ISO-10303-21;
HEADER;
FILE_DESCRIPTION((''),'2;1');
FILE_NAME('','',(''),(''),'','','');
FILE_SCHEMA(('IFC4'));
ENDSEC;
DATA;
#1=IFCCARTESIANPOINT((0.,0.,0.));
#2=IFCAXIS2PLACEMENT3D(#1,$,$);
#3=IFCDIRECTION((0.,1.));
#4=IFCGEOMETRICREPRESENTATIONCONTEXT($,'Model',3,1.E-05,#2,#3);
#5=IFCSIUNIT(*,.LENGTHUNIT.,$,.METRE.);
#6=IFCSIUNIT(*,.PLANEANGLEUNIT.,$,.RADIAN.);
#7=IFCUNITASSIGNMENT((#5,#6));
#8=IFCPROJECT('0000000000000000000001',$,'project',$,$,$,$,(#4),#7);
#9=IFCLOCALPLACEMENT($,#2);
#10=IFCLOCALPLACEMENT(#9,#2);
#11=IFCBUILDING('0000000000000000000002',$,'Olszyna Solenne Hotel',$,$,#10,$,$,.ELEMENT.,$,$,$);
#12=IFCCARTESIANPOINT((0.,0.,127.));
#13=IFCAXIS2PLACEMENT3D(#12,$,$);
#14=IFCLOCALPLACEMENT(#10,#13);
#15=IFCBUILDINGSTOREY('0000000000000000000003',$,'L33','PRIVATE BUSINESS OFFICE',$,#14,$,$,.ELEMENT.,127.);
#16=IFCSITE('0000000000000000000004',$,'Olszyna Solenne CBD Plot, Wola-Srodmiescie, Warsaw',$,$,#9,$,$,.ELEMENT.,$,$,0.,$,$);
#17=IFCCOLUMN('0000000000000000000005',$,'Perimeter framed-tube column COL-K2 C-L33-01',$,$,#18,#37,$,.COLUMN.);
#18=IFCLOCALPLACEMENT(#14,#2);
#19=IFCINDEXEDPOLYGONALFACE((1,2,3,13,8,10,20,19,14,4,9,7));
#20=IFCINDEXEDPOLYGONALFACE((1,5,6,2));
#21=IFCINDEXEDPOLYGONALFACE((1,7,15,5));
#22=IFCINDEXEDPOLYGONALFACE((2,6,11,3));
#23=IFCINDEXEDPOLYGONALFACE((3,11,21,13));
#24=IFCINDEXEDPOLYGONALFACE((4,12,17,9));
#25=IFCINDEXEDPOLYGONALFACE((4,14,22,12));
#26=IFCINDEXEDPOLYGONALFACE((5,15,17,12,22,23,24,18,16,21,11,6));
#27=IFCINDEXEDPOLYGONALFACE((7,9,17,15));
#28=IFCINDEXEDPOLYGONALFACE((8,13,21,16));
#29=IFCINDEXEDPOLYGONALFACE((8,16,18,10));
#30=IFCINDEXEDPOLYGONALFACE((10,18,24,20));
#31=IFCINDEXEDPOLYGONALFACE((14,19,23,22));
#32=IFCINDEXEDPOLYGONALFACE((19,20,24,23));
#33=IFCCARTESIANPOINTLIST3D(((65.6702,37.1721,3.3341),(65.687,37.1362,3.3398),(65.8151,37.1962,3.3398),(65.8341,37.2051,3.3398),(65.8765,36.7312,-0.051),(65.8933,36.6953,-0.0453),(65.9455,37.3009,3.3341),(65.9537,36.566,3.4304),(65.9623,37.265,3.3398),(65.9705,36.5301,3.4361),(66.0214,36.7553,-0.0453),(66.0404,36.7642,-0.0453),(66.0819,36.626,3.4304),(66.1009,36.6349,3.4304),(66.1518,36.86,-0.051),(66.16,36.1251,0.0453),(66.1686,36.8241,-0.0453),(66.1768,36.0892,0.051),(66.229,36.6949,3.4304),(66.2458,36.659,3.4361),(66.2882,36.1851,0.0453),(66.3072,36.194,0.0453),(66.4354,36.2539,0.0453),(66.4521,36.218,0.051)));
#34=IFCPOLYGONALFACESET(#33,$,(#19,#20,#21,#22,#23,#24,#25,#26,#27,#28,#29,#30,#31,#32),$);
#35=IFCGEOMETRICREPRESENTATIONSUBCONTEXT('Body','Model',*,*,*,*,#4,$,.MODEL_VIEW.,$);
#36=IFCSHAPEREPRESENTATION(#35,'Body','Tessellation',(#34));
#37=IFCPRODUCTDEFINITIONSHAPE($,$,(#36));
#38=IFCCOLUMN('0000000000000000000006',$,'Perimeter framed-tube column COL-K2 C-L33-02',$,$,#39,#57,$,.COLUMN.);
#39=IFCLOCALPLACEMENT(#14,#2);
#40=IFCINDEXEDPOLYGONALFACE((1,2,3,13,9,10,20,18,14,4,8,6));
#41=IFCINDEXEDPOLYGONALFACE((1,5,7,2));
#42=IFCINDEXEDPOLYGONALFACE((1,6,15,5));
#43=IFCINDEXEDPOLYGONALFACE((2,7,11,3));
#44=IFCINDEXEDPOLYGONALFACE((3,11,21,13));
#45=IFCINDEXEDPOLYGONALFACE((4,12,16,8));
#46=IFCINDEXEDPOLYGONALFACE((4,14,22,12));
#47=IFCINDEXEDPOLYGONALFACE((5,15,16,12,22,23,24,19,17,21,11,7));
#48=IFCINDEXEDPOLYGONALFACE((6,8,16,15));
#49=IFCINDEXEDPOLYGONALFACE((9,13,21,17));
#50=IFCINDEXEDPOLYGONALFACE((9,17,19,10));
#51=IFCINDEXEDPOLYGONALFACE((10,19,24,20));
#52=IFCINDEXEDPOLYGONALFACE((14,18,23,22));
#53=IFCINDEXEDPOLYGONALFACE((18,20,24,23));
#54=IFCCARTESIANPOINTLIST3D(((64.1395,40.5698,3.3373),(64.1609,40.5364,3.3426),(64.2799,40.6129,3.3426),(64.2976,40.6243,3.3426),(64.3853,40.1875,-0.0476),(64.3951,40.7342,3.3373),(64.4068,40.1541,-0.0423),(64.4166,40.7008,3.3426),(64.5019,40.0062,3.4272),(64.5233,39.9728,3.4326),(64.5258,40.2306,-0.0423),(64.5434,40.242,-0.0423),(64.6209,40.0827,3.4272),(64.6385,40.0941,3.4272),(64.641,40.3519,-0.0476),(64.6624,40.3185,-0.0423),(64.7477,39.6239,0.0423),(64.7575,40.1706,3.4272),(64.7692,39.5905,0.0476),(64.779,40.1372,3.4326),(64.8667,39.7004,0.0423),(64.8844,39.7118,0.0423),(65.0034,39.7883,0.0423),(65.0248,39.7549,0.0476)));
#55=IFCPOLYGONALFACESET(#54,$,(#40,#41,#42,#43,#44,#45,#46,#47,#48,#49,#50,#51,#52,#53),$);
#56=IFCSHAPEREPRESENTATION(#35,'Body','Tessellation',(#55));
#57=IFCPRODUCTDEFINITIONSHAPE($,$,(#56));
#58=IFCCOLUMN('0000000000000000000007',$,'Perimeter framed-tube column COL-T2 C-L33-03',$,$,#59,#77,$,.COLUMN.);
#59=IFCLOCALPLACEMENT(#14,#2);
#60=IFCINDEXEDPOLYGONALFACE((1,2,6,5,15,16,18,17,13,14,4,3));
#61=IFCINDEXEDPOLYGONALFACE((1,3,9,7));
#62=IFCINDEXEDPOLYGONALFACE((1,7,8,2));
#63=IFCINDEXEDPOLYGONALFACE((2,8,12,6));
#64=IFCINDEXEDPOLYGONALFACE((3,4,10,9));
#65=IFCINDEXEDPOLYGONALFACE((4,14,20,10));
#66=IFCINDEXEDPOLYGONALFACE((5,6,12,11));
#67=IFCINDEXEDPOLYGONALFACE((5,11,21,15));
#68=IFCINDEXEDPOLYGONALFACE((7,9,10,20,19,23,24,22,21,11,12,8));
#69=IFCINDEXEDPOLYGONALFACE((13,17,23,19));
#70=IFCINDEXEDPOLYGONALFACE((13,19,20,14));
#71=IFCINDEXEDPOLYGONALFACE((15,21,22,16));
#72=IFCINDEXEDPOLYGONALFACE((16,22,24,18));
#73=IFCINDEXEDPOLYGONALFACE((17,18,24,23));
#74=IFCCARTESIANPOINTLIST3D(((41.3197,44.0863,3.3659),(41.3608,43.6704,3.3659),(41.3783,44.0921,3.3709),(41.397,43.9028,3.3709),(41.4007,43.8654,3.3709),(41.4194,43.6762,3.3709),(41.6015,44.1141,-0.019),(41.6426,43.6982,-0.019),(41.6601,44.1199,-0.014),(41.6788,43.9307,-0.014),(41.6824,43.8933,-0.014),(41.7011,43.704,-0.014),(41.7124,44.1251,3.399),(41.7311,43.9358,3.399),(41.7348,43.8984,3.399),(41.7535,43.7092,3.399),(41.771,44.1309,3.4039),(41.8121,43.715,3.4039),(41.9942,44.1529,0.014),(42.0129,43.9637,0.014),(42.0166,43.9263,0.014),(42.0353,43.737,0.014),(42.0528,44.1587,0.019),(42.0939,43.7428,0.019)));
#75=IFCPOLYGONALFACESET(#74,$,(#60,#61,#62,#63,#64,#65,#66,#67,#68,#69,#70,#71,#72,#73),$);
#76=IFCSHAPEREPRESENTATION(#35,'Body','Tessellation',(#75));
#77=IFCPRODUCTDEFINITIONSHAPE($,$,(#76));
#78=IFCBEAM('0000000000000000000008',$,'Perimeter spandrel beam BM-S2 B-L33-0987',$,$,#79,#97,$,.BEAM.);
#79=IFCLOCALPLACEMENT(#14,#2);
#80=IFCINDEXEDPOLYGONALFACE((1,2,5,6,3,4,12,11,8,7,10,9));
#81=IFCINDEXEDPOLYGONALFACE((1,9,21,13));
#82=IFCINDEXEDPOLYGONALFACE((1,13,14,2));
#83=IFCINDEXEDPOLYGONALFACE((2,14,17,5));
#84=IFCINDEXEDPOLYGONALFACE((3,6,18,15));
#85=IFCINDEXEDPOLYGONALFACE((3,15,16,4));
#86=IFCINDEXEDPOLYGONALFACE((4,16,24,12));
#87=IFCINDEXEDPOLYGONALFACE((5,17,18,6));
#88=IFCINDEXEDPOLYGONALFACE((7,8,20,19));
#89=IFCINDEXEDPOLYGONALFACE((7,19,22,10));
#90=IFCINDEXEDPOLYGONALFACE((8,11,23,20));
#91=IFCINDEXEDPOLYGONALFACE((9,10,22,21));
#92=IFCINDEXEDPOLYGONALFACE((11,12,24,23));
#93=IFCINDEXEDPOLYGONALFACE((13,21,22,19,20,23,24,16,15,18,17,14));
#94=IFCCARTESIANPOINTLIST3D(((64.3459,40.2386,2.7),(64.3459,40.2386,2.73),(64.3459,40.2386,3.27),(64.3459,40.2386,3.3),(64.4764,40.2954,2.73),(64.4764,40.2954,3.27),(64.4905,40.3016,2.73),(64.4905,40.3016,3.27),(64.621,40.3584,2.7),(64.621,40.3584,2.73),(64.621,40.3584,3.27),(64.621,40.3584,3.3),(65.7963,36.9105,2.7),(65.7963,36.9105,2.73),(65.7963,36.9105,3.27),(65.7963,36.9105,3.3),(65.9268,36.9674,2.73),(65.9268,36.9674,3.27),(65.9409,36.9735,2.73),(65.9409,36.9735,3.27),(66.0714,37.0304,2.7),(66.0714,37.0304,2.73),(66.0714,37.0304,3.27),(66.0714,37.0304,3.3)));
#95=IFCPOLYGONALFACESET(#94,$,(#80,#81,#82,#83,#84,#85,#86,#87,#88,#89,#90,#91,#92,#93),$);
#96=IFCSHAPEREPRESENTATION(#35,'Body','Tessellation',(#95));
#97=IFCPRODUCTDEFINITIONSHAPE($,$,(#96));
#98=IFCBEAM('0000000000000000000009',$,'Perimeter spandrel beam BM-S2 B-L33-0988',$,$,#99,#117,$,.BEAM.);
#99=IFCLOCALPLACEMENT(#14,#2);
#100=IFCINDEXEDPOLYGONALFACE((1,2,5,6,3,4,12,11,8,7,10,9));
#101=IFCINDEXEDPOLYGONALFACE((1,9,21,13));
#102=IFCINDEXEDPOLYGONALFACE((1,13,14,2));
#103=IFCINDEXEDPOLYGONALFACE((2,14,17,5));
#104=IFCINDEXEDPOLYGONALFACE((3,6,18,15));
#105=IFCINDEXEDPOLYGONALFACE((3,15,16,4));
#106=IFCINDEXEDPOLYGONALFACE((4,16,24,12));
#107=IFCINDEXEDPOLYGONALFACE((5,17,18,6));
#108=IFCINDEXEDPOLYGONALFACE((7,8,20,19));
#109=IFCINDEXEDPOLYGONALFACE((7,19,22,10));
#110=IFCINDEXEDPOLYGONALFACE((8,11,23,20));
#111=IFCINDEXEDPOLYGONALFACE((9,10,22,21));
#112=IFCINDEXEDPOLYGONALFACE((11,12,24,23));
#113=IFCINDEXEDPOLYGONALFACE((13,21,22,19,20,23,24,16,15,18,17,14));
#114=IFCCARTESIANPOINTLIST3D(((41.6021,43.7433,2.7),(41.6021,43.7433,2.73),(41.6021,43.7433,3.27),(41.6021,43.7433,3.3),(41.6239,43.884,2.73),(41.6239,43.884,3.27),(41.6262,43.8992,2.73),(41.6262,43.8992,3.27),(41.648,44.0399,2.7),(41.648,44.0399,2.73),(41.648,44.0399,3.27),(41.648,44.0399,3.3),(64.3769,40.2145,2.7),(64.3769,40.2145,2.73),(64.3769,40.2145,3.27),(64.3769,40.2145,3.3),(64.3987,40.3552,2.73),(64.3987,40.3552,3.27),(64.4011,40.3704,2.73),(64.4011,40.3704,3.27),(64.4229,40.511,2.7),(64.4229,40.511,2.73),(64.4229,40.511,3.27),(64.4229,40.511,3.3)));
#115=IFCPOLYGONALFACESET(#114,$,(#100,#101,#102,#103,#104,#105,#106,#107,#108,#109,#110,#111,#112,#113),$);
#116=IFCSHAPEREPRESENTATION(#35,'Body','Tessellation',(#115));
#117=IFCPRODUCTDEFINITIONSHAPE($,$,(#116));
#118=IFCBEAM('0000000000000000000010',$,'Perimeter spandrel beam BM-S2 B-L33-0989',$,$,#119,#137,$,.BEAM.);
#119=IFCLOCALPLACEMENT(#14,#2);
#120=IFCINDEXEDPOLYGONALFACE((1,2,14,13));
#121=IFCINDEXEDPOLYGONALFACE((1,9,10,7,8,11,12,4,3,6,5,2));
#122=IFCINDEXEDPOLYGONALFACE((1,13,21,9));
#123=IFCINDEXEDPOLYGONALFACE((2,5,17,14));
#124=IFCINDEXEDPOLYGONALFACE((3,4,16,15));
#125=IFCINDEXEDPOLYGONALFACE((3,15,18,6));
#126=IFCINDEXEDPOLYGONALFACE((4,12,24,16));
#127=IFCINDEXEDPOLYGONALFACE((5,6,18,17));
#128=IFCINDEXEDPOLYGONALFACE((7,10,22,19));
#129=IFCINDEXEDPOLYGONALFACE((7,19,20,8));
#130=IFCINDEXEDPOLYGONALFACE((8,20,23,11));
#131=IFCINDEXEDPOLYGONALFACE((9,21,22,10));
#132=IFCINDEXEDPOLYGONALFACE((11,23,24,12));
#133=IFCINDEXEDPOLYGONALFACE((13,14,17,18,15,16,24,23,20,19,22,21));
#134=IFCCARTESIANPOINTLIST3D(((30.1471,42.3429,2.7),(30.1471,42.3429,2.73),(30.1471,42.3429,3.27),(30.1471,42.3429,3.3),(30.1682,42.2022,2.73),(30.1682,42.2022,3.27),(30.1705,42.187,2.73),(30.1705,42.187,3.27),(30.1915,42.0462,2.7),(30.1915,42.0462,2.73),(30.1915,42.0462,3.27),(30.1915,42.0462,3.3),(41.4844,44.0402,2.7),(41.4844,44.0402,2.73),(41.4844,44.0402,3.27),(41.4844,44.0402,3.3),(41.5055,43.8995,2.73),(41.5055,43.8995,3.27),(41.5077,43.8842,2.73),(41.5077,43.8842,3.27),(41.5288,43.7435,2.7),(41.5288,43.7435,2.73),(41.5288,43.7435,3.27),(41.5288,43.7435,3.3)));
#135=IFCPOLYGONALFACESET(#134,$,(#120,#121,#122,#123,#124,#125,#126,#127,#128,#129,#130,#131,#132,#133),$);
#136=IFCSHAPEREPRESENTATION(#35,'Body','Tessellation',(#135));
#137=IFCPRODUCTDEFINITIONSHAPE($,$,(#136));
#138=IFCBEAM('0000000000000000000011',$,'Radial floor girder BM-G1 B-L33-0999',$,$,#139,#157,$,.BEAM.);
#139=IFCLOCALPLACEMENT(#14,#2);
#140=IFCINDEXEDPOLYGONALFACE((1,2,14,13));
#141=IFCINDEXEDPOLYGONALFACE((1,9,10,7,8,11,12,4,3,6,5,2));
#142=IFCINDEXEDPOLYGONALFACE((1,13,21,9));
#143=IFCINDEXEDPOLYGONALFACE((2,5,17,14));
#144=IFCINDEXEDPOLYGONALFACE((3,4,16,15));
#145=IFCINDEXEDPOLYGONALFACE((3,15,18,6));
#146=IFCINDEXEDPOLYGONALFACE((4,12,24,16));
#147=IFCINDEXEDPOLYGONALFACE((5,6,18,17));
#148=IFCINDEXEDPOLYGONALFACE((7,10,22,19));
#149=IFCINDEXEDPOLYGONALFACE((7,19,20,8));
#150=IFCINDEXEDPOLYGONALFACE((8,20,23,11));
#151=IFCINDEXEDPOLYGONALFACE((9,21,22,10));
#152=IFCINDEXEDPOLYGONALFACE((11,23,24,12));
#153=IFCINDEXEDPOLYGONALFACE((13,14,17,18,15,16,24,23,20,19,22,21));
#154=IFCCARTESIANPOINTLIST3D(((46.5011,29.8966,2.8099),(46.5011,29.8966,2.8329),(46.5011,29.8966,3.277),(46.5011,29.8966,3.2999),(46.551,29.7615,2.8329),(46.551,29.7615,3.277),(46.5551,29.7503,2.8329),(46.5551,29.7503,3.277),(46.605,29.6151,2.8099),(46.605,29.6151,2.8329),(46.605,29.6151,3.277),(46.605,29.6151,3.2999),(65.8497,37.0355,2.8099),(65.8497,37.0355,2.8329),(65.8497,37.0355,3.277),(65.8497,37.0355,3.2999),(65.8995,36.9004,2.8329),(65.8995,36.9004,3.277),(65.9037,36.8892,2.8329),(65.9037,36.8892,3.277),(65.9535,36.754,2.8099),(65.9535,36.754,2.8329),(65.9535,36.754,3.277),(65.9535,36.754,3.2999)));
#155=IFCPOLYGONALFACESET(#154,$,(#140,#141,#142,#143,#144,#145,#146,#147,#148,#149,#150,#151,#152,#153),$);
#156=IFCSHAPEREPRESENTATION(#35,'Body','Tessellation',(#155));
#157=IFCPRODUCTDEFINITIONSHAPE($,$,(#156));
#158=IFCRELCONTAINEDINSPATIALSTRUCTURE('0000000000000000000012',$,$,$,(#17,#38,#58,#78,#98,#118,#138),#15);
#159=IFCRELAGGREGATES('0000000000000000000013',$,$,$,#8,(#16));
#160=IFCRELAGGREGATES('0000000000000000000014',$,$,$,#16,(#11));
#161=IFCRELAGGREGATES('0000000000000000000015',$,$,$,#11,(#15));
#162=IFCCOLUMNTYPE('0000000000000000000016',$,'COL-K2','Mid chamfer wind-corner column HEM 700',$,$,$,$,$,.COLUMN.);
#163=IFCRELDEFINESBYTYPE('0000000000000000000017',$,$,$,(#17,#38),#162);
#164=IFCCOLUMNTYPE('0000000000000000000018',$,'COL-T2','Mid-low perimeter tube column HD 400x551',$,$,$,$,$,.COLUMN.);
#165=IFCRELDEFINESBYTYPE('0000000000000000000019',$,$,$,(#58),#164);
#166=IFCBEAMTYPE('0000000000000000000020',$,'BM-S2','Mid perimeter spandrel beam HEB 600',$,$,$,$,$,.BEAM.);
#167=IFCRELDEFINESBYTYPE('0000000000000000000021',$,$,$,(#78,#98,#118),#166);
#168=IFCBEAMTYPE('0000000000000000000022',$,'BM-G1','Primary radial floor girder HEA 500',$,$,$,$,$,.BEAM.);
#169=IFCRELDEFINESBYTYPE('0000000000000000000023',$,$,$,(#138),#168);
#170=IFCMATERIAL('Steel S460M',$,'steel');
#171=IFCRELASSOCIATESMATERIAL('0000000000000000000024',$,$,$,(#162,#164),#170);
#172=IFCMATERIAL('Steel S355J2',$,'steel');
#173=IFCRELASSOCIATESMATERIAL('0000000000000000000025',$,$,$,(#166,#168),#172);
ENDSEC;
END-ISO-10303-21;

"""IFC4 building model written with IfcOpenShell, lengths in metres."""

from ifc_helpers import new_model, si_unit, direction, frame, origin, origin_2d, place, context, subcontext, project, spatial, i_section, extrude, source, transform, mapped, material, material_profile, profile_set, type_object, element, save


model = new_model("IFC4")

# Units and contexts
model_context = context("Model", 3, precision=1e-05, world=origin(), true_north=direction((0.0, 1.0)))
body_context = subcontext(model_context, "Body", "Model", "MODEL_VIEW")
ifc_project = project(units=[si_unit("LENGTHUNIT", "METRE"), si_unit("PLANEANGLEUNIT", "RADIAN")], contexts=[model_context])

# Site, building, storey
site_placement = place(None, origin())
site = spatial("IfcSite", under=ifc_project, at=site_placement, Name="Olszyna Solenne CBD Plot, Wola-Srodmiescie, Warsaw", CompositionType="ELEMENT", RefElevation=0.0)
building_placement = place(site_placement, origin())
building = spatial("IfcBuilding", under=site, at=building_placement, Name="Olszyna Solenne Hotel", CompositionType="ELEMENT")
storey_placement = place(building_placement, frame((0.0, 0.0, 127.0)))
storey = spatial("IfcBuildingStorey", under=building, at=storey_placement, Name="L33", Description="PRIVATE BUSINESS OFFICE", CompositionType="ELEMENT", Elevation=127.0)

# Columns
ifc_material_1 = material(Name="Steel S460M", Category="steel")
ifc_material_profile_1 = material_profile(ifc_material_1, i_section(OverallWidth=0.304, OverallDepth=0.7161, WebThickness=0.021, FlangeThickness=0.04, at=origin_2d()), Name="HEM 700", Category="load-bearing")
ifc_profile_set_1 = profile_set([ifc_material_profile_1], Name="Steel S460M")
column_type_1 = type_object("IfcColumnType", Name="COL-K2", Description="Mid chamfer wind-corner column HEM 700", PredefinedType="COLUMN", material=ifc_profile_set_1)
shared_shape_1 = source(origin(), body_context, "Body", "SweptSolid", [
    extrude(i_section(OverallWidth=0.304, OverallDepth=0.7161, WebThickness=0.021, FlangeThickness=0.04, at=origin_2d()), origin(), (0.0, 0.0, 1.0), 3.4199),
])
column_1_placement = place(storey_placement, frame((66.1643, 36.4746, 0.0), z_axis=(-0.060324, 0.12893, 0.989817), x_axis=(-0.90576, -0.423791, 0.0)))
element("IfcColumn", 1, at=column_1_placement, inside=storey, type_object=column_type_1, Name="Perimeter framed-tube column COL-K2 C-L33-01", PredefinedType="COLUMN", context=body_context, shape_type="MappedRepresentation", body=[
    mapped(shared_shape_1, transform((0.0, 0.0, 0.0), x_axis=(1.0, 0.0, 0.0), y_axis=(0.0, 1.0, 0.0), z_axis=(0.0, 0.0, 1.0), scale=1.0)),
])
shared_shape_2 = source(origin(), body_context, "Body", "SweptSolid", [
    extrude(i_section(OverallWidth=0.304, OverallDepth=0.7161, WebThickness=0.021, FlangeThickness=0.04, at=origin_2d()), origin(), (0.0, 0.0, 1.0), 3.4153),
])
column_2_placement = place(storey_placement, frame((64.7051, 39.9712, 0.0), z_axis=(-0.071983, 0.111942, 0.991104), x_axis=(-0.841109, -0.540866, 0.0)))
element("IfcColumn", 2, at=column_2_placement, inside=storey, type_object=column_type_1, Name="Perimeter framed-tube column COL-K2 C-L33-02", PredefinedType="COLUMN", context=body_context, shape_type="MappedRepresentation", body=[
    mapped(shared_shape_2, transform((0.0, 0.0, 0.0), x_axis=(1.0, 0.0, 0.0), y_axis=(0.0, 1.0, 0.0), z_axis=(0.0, 0.0, 1.0), scale=1.0)),
])
ifc_material_profile_2 = material_profile(ifc_material_1, i_section(OverallWidth=0.418, OverallDepth=0.4551, WebThickness=0.0376, FlangeThickness=0.0591, at=origin_2d()), Name="HD 400x551", Category="load-bearing")
ifc_profile_set_2 = profile_set([ifc_material_profile_2], Name="Steel S460M")
column_type_2 = type_object("IfcColumnType", Name="COL-T2", Description="Mid-low perimeter tube column HD 400x551", PredefinedType="COLUMN", material=ifc_profile_set_2)
shared_shape_3 = source(origin(), body_context, "Body", "SweptSolid", [
    extrude(i_section(OverallWidth=0.418, OverallDepth=0.4551, WebThickness=0.0376, FlangeThickness=0.0591, at=origin_2d()), origin(), (0.0, 0.0, 1.0), 3.3967),
])
column_3_placement = place(storey_placement, frame((41.8477, 43.9285, 0.0), z_axis=(-0.082942, -0.008194, 0.996521), x_axis=(0.098308, -0.995156, 0.0)))
element("IfcColumn", 3, at=column_3_placement, inside=storey, type_object=column_type_2, Name="Perimeter framed-tube column COL-T2 C-L33-03", PredefinedType="COLUMN", context=body_context, shape_type="MappedRepresentation", body=[
    mapped(shared_shape_3, transform((0.0, 0.0, 0.0), x_axis=(1.0, 0.0, 0.0), y_axis=(0.0, 1.0, 0.0), z_axis=(0.0, 0.0, 1.0), scale=1.0)),
])

# Beams
ifc_material_2 = material(Name="Steel S355J2", Category="steel")
ifc_material_profile_3 = material_profile(ifc_material_2, i_section(OverallWidth=0.3, OverallDepth=0.6001, WebThickness=0.0154, FlangeThickness=0.03, at=origin_2d()), Name="HEB 600", Category="load-bearing")
ifc_profile_set_3 = profile_set([ifc_material_profile_3], Name="Steel S355J2")
beam_type_1 = type_object("IfcBeamType", Name="BM-S2", Description="Mid perimeter spandrel beam HEB 600", PredefinedType="BEAM", material=ifc_profile_set_3)
shared_shape_4 = source(origin(), body_context, "Body", "SweptSolid", [
    extrude(i_section(OverallWidth=0.3, OverallDepth=0.6001, WebThickness=0.0154, FlangeThickness=0.03, at=origin_2d()), origin(), (0.0, 0.0, 1.0), 3.6304),
])
beam_1_placement = place(storey_placement, frame((65.9338, 36.9705, 3.0), z_axis=(-0.39952, 0.916724, 0.0), x_axis=(-0.916724, -0.39952, 0.0)))
element("IfcBeam", 4, at=beam_1_placement, inside=storey, type_object=beam_type_1, Name="Perimeter spandrel beam BM-S2 B-L33-0987", PredefinedType="BEAM", context=body_context, shape_type="MappedRepresentation", body=[
    mapped(shared_shape_4, transform((0.0, 0.0, 0.0), x_axis=(1.0, 0.0, 0.0), y_axis=(0.0, 1.0, 0.0), z_axis=(0.0, 0.0, 1.0), scale=1.0)),
])
shared_shape_5 = source(origin(), body_context, "Body", "SweptSolid", [
    extrude(i_section(OverallWidth=0.3, OverallDepth=0.6001, WebThickness=0.0154, FlangeThickness=0.03, at=origin_2d()), origin(), (0.0, 0.0, 1.0), 23.0466),
])
beam_2_placement = place(storey_placement, frame((64.3999, 40.3628, 3.0), z_axis=(-0.988208, 0.153116, 0.0), x_axis=(-0.153116, -0.988208, 0.0)))
element("IfcBeam", 5, at=beam_2_placement, inside=storey, type_object=beam_type_1, Name="Perimeter spandrel beam BM-S2 B-L33-0988", PredefinedType="BEAM", context=body_context, shape_type="MappedRepresentation", body=[
    mapped(shared_shape_5, transform((0.0, 0.0, 0.0), x_axis=(1.0, 0.0, 0.0), y_axis=(0.0, 1.0, 0.0), z_axis=(0.0, 0.0, 1.0), scale=1.0)),
])
shared_shape_6 = source(origin(), body_context, "Body", "SweptSolid", [
    extrude(i_section(OverallWidth=0.3, OverallDepth=0.6001, WebThickness=0.0154, FlangeThickness=0.03, at=origin_2d()), origin(), (0.0, 0.0, 1.0), 11.4636),
])
beam_3_placement = place(storey_placement, frame((41.5066, 43.8918, 3.0), z_axis=(-0.988979, -0.148058, 0.0), x_axis=(0.148058, -0.988979, 0.0)))
element("IfcBeam", 6, at=beam_3_placement, inside=storey, type_object=beam_type_1, Name="Perimeter spandrel beam BM-S2 B-L33-0989", PredefinedType="BEAM", context=body_context, shape_type="MappedRepresentation", body=[
    mapped(shared_shape_6, transform((0.0, 0.0, 0.0), x_axis=(1.0, 0.0, 0.0), y_axis=(0.0, 1.0, 0.0), z_axis=(0.0, 0.0, 1.0), scale=1.0)),
])
ifc_material_profile_4 = material_profile(ifc_material_2, i_section(OverallWidth=0.3, OverallDepth=0.49, WebThickness=0.012, FlangeThickness=0.0229, at=origin_2d()), Name="HEA 500", Category="load-bearing")
ifc_profile_set_4 = profile_set([ifc_material_profile_4], Name="Steel S355J2")
beam_type_2 = type_object("IfcBeamType", Name="BM-G1", Description="Primary radial floor girder HEA 500", PredefinedType="BEAM", material=ifc_profile_set_4)
shared_shape_7 = source(origin(), body_context, "Body", "SweptSolid", [
    extrude(i_section(OverallWidth=0.3, OverallDepth=0.49, WebThickness=0.012, FlangeThickness=0.0229, at=origin_2d()), origin(), (0.0, 0.0, 1.0), 20.6235),
])
beam_4_placement = place(storey_placement, frame((65.9016, 36.8948, 3.0549), z_axis=(-0.938178, -0.346152, 0.0), x_axis=(0.346152, -0.938178, 0.0)))
element("IfcBeam", 7, at=beam_4_placement, inside=storey, type_object=beam_type_2, Name="Radial floor girder BM-G1 B-L33-0999", PredefinedType="BEAM", context=body_context, shape_type="MappedRepresentation", body=[
    mapped(shared_shape_7, transform((0.0, 0.0, 0.0), x_axis=(1.0, 0.0, 0.0), y_axis=(0.0, 1.0, 0.0), z_axis=(0.0, 0.0, 1.0), scale=1.0)),
])

save(model, "model.ifc")
